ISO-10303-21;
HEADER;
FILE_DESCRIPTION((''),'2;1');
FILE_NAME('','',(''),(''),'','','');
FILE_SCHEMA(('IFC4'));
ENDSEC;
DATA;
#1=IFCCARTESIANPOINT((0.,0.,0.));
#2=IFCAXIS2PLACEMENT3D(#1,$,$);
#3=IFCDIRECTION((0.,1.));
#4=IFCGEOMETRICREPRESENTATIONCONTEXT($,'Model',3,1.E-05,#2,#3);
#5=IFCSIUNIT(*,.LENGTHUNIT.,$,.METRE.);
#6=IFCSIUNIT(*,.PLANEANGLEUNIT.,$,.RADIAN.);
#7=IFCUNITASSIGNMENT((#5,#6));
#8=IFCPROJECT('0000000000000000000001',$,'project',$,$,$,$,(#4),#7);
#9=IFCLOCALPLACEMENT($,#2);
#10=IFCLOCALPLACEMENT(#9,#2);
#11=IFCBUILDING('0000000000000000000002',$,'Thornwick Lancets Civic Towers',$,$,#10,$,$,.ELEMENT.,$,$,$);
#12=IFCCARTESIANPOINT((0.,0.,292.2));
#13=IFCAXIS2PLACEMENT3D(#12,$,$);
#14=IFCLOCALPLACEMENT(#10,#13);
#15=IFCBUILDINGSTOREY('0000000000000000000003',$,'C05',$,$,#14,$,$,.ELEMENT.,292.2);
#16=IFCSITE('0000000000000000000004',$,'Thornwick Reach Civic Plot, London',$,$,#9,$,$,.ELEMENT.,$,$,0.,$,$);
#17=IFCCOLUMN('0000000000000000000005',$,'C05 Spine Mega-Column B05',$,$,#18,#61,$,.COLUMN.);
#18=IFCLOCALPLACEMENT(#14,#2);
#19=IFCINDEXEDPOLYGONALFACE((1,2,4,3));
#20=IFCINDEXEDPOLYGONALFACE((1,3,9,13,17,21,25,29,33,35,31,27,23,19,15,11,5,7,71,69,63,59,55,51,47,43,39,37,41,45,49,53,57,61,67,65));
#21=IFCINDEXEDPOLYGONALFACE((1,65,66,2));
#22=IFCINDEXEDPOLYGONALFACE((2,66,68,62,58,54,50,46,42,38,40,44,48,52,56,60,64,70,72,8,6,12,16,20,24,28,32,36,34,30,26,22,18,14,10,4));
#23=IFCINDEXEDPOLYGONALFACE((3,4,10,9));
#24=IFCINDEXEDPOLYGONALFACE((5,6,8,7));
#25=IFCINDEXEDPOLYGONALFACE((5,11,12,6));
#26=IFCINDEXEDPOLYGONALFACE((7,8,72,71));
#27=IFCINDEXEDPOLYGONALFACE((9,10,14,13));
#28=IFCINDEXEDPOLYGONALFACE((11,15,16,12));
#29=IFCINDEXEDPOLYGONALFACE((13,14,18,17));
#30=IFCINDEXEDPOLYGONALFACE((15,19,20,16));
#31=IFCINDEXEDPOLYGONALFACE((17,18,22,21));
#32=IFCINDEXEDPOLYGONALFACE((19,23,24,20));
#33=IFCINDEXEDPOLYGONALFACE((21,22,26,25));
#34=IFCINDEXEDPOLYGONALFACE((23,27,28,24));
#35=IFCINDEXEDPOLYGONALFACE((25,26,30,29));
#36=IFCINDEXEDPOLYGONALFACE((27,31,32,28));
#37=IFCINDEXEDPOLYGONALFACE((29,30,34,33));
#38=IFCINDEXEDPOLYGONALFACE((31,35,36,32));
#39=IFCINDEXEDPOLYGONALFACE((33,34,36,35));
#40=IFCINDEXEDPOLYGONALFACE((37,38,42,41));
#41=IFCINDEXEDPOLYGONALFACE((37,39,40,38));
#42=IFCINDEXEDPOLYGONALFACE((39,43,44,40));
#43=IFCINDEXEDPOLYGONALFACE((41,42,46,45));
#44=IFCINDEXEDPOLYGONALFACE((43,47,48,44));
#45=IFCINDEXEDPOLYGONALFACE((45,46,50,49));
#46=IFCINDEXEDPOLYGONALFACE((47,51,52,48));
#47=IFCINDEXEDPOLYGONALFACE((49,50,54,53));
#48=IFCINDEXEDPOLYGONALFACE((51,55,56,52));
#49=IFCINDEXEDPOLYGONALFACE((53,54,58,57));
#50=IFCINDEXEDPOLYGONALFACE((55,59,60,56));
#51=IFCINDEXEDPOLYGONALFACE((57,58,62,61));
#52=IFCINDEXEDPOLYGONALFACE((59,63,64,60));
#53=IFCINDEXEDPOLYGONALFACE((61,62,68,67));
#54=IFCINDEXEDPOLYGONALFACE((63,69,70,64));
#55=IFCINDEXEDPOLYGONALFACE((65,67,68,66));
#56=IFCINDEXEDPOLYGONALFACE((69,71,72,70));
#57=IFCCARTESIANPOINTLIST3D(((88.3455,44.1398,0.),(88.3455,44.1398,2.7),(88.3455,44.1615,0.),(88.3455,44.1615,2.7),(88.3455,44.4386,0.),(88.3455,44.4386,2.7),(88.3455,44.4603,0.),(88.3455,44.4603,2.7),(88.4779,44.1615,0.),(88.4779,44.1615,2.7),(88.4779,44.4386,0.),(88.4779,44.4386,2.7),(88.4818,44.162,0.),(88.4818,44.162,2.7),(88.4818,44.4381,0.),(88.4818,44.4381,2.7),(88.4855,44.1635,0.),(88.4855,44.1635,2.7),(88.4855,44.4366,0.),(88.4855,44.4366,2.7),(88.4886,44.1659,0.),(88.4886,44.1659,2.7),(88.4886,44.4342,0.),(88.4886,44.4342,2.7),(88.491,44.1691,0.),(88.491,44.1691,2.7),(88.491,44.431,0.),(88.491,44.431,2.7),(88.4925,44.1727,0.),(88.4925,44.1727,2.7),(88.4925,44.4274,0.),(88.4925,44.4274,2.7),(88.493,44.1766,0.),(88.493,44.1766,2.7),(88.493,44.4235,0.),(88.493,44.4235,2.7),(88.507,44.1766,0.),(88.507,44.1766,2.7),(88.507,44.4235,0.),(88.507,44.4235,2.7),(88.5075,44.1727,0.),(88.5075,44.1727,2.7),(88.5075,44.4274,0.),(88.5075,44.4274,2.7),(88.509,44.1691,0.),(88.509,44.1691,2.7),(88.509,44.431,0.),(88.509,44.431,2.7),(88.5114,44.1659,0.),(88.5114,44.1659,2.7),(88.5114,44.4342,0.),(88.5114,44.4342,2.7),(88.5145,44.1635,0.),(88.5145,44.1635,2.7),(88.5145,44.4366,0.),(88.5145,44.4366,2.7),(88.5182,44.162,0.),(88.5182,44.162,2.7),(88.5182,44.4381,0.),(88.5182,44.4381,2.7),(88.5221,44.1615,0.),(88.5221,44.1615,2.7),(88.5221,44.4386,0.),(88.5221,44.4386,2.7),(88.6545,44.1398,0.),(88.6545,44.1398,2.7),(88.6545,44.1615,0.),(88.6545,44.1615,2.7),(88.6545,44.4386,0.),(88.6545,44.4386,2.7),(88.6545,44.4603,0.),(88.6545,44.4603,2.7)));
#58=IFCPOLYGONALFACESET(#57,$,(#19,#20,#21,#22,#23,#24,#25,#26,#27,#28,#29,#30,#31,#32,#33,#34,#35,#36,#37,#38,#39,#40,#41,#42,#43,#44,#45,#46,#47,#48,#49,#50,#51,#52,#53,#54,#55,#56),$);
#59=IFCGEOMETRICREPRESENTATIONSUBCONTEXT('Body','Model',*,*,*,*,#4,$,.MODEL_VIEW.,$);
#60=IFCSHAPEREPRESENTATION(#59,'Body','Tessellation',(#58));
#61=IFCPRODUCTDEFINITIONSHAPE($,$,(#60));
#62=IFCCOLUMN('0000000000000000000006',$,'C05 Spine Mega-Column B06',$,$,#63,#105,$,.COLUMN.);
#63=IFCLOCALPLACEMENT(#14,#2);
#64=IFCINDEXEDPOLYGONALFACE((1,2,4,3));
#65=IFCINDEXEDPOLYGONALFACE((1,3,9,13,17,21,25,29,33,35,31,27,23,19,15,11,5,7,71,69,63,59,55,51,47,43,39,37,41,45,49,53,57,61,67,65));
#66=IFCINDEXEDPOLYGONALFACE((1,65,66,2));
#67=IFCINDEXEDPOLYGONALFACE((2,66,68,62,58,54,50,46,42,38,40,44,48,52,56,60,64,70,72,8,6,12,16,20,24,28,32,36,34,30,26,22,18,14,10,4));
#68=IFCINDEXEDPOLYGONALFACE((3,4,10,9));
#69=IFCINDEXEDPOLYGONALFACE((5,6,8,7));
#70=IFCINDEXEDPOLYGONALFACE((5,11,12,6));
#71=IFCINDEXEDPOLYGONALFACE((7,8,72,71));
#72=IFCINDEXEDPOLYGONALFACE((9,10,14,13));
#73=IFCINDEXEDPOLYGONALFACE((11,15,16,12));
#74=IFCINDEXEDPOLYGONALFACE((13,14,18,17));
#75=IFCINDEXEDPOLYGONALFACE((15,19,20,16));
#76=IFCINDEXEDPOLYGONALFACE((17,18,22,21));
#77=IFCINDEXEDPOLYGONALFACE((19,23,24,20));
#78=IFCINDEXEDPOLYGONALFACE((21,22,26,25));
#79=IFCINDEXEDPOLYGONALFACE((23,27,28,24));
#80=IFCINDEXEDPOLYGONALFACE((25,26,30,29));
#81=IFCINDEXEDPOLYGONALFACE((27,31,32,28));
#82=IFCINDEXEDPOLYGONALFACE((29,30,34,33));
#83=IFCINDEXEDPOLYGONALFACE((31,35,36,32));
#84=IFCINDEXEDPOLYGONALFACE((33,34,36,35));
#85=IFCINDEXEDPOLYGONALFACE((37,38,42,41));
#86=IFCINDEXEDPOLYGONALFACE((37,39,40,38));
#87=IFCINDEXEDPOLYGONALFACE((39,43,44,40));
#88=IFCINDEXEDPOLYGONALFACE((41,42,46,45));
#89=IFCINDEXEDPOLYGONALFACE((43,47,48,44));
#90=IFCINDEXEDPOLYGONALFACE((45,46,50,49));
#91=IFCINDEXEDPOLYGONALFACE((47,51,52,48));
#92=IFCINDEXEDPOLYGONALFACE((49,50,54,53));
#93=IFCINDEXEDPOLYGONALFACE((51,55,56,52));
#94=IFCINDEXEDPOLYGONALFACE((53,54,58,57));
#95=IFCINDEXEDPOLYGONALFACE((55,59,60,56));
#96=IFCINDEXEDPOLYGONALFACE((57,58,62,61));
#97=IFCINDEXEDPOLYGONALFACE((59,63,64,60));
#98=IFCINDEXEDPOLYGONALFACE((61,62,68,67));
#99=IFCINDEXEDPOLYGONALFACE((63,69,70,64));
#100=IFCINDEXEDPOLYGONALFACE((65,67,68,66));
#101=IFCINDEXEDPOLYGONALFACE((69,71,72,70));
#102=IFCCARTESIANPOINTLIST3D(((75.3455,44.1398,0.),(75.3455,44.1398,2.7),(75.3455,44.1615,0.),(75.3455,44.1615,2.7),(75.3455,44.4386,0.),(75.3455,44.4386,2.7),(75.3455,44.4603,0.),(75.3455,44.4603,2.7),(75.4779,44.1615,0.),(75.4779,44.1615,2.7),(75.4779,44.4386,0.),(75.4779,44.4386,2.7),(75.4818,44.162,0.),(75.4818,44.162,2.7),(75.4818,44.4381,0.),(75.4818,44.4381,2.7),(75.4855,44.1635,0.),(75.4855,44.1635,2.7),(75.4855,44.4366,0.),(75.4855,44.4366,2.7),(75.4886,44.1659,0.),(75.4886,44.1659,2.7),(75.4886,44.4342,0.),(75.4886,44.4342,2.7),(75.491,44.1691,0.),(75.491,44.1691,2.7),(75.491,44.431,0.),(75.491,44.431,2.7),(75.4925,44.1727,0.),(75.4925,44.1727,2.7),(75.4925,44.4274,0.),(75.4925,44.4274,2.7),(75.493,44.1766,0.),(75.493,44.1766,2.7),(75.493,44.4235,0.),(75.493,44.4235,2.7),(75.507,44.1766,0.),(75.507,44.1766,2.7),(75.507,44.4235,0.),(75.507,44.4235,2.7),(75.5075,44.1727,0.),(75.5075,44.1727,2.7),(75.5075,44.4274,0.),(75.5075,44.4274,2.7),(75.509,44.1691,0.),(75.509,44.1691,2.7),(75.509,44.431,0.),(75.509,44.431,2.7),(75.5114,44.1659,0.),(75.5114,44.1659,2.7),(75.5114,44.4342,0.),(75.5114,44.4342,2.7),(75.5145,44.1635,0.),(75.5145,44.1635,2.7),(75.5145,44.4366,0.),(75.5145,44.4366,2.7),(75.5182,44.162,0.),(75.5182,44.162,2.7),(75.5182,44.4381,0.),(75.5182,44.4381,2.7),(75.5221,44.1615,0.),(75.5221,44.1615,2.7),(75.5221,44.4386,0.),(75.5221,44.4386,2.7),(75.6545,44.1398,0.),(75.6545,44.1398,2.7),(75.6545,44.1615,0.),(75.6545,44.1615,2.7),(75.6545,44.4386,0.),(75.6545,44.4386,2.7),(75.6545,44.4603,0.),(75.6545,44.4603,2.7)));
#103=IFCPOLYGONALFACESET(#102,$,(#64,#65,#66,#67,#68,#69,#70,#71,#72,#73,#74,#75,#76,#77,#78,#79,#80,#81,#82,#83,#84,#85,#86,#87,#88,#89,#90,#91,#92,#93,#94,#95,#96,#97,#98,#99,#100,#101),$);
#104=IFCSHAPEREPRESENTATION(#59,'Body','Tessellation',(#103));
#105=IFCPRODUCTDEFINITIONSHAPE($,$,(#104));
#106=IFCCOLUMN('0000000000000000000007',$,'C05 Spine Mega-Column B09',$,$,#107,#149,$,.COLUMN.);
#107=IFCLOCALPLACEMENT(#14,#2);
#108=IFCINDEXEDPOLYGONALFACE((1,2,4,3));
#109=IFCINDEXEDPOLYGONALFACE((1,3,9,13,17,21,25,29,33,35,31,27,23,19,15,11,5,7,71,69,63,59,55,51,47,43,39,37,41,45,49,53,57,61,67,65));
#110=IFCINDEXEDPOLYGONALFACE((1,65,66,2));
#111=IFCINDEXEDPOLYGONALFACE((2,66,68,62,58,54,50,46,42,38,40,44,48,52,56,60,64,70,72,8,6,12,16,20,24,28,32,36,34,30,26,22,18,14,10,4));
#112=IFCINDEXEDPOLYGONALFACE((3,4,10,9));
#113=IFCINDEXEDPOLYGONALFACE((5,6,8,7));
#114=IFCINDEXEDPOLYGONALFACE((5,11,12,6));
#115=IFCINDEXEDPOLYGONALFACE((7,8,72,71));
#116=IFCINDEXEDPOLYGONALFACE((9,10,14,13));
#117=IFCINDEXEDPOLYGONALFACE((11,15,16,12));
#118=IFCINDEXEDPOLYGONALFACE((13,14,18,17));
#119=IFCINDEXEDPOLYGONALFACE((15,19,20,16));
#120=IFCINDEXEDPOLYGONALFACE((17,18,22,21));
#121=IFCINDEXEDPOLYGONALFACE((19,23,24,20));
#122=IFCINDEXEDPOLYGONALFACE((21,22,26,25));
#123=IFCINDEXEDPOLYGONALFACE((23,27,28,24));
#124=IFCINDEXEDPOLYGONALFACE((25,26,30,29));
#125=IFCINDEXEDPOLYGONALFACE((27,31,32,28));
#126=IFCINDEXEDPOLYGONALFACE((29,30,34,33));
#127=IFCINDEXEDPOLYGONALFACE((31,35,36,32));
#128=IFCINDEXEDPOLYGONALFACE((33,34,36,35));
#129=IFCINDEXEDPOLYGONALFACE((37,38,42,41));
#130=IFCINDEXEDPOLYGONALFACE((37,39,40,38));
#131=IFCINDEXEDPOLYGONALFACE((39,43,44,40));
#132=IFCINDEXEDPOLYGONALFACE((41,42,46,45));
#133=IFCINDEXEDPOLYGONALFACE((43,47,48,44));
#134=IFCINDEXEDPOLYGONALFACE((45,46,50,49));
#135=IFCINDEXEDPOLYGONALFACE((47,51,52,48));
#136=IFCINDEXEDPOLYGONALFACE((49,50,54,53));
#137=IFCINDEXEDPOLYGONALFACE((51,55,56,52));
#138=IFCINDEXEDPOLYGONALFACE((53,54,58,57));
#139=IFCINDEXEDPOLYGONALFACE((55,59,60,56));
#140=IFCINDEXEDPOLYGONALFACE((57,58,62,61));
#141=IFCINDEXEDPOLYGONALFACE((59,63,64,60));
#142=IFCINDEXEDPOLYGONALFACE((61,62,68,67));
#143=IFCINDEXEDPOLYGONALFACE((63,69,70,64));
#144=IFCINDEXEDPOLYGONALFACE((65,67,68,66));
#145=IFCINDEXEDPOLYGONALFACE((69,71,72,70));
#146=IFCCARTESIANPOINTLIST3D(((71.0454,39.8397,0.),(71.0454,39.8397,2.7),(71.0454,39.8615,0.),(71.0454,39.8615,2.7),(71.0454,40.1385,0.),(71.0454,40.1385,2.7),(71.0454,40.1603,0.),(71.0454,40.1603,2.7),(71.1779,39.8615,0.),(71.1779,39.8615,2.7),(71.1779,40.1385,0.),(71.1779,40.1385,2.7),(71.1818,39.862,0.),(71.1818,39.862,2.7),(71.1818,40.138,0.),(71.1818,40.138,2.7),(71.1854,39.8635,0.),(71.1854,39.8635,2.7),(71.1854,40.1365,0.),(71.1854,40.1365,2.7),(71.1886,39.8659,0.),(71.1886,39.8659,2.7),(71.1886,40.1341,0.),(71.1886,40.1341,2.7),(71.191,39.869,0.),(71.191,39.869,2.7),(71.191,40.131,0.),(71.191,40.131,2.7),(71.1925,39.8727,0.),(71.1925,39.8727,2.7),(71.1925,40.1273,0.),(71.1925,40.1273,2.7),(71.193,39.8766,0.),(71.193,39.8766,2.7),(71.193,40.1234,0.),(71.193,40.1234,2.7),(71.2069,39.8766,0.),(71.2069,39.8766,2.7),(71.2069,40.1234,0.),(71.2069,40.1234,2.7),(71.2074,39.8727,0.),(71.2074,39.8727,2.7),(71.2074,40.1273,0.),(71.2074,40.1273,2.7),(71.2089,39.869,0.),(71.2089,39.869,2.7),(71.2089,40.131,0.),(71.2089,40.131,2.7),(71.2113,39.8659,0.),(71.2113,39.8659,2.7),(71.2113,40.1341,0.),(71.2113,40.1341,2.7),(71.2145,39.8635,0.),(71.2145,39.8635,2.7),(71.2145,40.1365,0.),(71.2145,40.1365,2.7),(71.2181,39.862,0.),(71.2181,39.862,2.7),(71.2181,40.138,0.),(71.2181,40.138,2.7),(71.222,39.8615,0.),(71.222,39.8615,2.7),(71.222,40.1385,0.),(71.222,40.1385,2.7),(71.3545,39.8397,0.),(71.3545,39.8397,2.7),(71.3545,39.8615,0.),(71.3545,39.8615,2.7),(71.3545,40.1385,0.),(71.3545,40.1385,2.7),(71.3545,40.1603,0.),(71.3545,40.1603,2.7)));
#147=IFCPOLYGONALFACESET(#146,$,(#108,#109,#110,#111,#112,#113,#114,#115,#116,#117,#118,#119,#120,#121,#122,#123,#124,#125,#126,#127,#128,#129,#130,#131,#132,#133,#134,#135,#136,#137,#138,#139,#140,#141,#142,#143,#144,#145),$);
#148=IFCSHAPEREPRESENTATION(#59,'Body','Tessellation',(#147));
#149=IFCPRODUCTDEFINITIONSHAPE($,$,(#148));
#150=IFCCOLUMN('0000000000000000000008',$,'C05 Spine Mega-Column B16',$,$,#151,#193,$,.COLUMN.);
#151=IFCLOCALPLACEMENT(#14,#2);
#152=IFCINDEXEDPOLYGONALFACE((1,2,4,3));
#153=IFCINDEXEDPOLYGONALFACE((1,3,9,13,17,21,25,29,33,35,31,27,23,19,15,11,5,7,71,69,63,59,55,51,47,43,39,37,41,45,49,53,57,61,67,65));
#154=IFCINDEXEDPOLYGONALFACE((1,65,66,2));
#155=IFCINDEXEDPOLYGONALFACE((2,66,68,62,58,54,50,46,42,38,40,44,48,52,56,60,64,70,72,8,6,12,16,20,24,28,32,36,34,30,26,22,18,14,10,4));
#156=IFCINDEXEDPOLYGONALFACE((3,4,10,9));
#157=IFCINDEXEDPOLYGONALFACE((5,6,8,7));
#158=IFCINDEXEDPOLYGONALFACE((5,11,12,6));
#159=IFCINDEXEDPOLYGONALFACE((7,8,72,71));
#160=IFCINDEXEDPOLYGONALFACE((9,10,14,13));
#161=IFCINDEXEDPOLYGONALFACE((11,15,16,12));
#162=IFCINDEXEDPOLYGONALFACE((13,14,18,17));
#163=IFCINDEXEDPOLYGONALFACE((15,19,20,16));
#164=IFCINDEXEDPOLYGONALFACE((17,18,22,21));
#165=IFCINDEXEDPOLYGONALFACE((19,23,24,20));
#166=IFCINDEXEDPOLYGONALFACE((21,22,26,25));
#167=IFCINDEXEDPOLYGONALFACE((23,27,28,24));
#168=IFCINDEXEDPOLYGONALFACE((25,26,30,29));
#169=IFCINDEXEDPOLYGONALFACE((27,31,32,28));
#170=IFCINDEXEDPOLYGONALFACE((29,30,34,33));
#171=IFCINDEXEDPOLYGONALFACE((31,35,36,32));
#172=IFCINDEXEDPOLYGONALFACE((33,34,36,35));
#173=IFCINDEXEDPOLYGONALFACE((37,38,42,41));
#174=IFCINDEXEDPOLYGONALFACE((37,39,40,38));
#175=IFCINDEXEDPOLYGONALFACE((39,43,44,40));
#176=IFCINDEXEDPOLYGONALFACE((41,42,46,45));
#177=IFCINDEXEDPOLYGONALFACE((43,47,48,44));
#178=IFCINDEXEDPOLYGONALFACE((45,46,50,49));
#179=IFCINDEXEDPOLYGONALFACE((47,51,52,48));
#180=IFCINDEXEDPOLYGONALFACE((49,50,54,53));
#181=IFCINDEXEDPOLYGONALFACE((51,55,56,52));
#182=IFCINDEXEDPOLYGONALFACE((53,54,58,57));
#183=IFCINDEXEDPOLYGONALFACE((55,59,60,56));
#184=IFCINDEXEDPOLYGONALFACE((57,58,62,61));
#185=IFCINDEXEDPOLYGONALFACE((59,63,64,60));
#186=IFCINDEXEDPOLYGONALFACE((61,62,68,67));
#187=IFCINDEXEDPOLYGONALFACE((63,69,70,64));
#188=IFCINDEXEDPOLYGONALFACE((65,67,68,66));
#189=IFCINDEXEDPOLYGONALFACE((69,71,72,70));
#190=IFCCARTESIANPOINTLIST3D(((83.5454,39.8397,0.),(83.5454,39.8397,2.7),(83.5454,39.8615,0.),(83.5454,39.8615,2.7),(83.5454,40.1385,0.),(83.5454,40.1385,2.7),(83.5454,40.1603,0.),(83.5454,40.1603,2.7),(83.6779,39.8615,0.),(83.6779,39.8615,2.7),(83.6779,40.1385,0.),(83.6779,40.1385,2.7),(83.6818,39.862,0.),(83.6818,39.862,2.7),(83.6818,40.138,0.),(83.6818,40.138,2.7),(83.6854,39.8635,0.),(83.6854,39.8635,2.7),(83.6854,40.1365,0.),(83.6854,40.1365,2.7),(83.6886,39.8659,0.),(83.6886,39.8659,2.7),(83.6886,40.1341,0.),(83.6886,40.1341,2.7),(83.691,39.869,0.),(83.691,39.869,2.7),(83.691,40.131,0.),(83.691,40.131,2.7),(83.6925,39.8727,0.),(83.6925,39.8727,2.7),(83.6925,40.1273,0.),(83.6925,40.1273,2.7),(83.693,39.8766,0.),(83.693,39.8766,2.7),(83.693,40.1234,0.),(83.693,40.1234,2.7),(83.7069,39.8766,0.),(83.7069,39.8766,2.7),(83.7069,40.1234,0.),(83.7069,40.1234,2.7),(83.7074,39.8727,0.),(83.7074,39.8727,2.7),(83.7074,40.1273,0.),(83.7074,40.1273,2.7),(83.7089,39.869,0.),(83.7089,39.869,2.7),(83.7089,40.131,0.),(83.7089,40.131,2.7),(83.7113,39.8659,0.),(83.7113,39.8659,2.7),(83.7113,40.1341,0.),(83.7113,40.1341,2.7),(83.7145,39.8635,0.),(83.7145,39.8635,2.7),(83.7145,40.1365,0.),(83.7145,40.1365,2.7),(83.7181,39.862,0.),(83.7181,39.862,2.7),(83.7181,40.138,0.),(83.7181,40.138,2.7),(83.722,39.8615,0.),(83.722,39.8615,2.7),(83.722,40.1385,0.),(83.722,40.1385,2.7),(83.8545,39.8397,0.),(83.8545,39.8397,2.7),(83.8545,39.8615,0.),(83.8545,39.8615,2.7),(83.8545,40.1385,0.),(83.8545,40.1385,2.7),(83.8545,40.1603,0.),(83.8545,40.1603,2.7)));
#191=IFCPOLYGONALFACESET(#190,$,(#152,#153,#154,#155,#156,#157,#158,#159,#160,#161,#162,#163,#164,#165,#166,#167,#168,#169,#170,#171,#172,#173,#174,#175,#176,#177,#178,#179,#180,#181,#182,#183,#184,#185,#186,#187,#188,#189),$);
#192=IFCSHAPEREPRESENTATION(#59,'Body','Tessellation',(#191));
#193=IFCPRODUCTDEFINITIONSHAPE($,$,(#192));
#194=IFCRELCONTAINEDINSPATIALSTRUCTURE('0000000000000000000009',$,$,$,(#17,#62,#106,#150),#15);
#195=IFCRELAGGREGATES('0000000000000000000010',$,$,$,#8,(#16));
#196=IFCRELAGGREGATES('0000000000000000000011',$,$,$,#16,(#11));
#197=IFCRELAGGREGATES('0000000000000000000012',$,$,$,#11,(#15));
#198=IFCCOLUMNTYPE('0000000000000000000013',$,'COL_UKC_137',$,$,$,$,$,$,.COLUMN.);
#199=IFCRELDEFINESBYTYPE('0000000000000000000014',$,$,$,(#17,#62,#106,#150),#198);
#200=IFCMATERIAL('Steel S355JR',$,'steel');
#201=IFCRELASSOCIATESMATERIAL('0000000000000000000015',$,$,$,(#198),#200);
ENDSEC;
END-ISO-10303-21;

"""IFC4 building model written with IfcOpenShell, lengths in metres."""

from ifc_helpers import new_model, si_unit, direction, frame, origin, origin_2d, place, context, subcontext, project, spatial, i_section, extrude, material, material_profile, profile_set, type_object, element, save


model = new_model("IFC4")

# Units and contexts
model_context = context("Model", 3, precision=1e-05, world=origin(), true_north=direction((0.0, 1.0)))
body_context = subcontext(model_context, "Body", "Model", "MODEL_VIEW")
ifc_project = project(units=[si_unit("LENGTHUNIT", "METRE"), si_unit("PLANEANGLEUNIT", "RADIAN")], contexts=[model_context])

# Site, building, storey
site_placement = place(None, origin())
site = spatial("IfcSite", under=ifc_project, at=site_placement, Name="Thornwick Reach Civic Plot, London", CompositionType="ELEMENT", RefElevation=0.0)
building_placement = place(site_placement, origin())
building = spatial("IfcBuilding", under=site, at=building_placement, Name="Thornwick Lancets Civic Towers", CompositionType="ELEMENT")
storey_placement = place(building_placement, frame((0.0, 0.0, 292.2)))
storey = spatial("IfcBuildingStorey", under=building, at=storey_placement, Name="C05", CompositionType="ELEMENT", Elevation=292.2)

# Columns
ifc_material_1 = material(Name="Steel S355JR", Category="steel")
ifc_material_profile_1 = material_profile(ifc_material_1, i_section(OverallWidth=0.3091, OverallDepth=0.3206, WebThickness=0.0139, FlangeThickness=0.0217, FilletRadius=0.0151, at=origin_2d()), Name="UKC 305x305x137")
ifc_profile_set_1 = profile_set([ifc_material_profile_1], Name="Steel S355JR")
column_type_1 = type_object("IfcColumnType", Name="COL_UKC_137", PredefinedType="COLUMN", material=ifc_profile_set_1)
for number, where, z_axis, x_axis, name in (
    (1, (88.5, 44.3, 0.0), (0.0, 0.0, 1.0), (1.0, 0.0, 0.0), "C05 Spine Mega-Column B05"),
    (2, (75.5, 44.3, 0.0), (0.0, 0.0, 1.0), (1.0, 0.0, 0.0), "C05 Spine Mega-Column B06"),
    (3, (71.2, 40.0, 0.0), (0.0, 0.0, 1.0), (1.0, 0.0, 0.0), "C05 Spine Mega-Column B09"),
    (4, (83.7, 40.0, 0.0), (0.0, 0.0, 1.0), (1.0, 0.0, 0.0), "C05 Spine Mega-Column B16"),
):
    element("IfcColumn", number, at=place(storey_placement, frame(where, z_axis=z_axis, x_axis=x_axis)), inside=storey, type_object=column_type_1, Name=name, PredefinedType="COLUMN", context=body_context, shape_type="SweptSolid", body=[
        extrude(i_section(OverallWidth=0.3091, OverallDepth=0.3206, WebThickness=0.0139, FlangeThickness=0.0217, FilletRadius=0.0151, at=origin_2d()), origin(), (0.0, 0.0, 1.0), 2.7),
    ])

save(model, "model.ifc")
